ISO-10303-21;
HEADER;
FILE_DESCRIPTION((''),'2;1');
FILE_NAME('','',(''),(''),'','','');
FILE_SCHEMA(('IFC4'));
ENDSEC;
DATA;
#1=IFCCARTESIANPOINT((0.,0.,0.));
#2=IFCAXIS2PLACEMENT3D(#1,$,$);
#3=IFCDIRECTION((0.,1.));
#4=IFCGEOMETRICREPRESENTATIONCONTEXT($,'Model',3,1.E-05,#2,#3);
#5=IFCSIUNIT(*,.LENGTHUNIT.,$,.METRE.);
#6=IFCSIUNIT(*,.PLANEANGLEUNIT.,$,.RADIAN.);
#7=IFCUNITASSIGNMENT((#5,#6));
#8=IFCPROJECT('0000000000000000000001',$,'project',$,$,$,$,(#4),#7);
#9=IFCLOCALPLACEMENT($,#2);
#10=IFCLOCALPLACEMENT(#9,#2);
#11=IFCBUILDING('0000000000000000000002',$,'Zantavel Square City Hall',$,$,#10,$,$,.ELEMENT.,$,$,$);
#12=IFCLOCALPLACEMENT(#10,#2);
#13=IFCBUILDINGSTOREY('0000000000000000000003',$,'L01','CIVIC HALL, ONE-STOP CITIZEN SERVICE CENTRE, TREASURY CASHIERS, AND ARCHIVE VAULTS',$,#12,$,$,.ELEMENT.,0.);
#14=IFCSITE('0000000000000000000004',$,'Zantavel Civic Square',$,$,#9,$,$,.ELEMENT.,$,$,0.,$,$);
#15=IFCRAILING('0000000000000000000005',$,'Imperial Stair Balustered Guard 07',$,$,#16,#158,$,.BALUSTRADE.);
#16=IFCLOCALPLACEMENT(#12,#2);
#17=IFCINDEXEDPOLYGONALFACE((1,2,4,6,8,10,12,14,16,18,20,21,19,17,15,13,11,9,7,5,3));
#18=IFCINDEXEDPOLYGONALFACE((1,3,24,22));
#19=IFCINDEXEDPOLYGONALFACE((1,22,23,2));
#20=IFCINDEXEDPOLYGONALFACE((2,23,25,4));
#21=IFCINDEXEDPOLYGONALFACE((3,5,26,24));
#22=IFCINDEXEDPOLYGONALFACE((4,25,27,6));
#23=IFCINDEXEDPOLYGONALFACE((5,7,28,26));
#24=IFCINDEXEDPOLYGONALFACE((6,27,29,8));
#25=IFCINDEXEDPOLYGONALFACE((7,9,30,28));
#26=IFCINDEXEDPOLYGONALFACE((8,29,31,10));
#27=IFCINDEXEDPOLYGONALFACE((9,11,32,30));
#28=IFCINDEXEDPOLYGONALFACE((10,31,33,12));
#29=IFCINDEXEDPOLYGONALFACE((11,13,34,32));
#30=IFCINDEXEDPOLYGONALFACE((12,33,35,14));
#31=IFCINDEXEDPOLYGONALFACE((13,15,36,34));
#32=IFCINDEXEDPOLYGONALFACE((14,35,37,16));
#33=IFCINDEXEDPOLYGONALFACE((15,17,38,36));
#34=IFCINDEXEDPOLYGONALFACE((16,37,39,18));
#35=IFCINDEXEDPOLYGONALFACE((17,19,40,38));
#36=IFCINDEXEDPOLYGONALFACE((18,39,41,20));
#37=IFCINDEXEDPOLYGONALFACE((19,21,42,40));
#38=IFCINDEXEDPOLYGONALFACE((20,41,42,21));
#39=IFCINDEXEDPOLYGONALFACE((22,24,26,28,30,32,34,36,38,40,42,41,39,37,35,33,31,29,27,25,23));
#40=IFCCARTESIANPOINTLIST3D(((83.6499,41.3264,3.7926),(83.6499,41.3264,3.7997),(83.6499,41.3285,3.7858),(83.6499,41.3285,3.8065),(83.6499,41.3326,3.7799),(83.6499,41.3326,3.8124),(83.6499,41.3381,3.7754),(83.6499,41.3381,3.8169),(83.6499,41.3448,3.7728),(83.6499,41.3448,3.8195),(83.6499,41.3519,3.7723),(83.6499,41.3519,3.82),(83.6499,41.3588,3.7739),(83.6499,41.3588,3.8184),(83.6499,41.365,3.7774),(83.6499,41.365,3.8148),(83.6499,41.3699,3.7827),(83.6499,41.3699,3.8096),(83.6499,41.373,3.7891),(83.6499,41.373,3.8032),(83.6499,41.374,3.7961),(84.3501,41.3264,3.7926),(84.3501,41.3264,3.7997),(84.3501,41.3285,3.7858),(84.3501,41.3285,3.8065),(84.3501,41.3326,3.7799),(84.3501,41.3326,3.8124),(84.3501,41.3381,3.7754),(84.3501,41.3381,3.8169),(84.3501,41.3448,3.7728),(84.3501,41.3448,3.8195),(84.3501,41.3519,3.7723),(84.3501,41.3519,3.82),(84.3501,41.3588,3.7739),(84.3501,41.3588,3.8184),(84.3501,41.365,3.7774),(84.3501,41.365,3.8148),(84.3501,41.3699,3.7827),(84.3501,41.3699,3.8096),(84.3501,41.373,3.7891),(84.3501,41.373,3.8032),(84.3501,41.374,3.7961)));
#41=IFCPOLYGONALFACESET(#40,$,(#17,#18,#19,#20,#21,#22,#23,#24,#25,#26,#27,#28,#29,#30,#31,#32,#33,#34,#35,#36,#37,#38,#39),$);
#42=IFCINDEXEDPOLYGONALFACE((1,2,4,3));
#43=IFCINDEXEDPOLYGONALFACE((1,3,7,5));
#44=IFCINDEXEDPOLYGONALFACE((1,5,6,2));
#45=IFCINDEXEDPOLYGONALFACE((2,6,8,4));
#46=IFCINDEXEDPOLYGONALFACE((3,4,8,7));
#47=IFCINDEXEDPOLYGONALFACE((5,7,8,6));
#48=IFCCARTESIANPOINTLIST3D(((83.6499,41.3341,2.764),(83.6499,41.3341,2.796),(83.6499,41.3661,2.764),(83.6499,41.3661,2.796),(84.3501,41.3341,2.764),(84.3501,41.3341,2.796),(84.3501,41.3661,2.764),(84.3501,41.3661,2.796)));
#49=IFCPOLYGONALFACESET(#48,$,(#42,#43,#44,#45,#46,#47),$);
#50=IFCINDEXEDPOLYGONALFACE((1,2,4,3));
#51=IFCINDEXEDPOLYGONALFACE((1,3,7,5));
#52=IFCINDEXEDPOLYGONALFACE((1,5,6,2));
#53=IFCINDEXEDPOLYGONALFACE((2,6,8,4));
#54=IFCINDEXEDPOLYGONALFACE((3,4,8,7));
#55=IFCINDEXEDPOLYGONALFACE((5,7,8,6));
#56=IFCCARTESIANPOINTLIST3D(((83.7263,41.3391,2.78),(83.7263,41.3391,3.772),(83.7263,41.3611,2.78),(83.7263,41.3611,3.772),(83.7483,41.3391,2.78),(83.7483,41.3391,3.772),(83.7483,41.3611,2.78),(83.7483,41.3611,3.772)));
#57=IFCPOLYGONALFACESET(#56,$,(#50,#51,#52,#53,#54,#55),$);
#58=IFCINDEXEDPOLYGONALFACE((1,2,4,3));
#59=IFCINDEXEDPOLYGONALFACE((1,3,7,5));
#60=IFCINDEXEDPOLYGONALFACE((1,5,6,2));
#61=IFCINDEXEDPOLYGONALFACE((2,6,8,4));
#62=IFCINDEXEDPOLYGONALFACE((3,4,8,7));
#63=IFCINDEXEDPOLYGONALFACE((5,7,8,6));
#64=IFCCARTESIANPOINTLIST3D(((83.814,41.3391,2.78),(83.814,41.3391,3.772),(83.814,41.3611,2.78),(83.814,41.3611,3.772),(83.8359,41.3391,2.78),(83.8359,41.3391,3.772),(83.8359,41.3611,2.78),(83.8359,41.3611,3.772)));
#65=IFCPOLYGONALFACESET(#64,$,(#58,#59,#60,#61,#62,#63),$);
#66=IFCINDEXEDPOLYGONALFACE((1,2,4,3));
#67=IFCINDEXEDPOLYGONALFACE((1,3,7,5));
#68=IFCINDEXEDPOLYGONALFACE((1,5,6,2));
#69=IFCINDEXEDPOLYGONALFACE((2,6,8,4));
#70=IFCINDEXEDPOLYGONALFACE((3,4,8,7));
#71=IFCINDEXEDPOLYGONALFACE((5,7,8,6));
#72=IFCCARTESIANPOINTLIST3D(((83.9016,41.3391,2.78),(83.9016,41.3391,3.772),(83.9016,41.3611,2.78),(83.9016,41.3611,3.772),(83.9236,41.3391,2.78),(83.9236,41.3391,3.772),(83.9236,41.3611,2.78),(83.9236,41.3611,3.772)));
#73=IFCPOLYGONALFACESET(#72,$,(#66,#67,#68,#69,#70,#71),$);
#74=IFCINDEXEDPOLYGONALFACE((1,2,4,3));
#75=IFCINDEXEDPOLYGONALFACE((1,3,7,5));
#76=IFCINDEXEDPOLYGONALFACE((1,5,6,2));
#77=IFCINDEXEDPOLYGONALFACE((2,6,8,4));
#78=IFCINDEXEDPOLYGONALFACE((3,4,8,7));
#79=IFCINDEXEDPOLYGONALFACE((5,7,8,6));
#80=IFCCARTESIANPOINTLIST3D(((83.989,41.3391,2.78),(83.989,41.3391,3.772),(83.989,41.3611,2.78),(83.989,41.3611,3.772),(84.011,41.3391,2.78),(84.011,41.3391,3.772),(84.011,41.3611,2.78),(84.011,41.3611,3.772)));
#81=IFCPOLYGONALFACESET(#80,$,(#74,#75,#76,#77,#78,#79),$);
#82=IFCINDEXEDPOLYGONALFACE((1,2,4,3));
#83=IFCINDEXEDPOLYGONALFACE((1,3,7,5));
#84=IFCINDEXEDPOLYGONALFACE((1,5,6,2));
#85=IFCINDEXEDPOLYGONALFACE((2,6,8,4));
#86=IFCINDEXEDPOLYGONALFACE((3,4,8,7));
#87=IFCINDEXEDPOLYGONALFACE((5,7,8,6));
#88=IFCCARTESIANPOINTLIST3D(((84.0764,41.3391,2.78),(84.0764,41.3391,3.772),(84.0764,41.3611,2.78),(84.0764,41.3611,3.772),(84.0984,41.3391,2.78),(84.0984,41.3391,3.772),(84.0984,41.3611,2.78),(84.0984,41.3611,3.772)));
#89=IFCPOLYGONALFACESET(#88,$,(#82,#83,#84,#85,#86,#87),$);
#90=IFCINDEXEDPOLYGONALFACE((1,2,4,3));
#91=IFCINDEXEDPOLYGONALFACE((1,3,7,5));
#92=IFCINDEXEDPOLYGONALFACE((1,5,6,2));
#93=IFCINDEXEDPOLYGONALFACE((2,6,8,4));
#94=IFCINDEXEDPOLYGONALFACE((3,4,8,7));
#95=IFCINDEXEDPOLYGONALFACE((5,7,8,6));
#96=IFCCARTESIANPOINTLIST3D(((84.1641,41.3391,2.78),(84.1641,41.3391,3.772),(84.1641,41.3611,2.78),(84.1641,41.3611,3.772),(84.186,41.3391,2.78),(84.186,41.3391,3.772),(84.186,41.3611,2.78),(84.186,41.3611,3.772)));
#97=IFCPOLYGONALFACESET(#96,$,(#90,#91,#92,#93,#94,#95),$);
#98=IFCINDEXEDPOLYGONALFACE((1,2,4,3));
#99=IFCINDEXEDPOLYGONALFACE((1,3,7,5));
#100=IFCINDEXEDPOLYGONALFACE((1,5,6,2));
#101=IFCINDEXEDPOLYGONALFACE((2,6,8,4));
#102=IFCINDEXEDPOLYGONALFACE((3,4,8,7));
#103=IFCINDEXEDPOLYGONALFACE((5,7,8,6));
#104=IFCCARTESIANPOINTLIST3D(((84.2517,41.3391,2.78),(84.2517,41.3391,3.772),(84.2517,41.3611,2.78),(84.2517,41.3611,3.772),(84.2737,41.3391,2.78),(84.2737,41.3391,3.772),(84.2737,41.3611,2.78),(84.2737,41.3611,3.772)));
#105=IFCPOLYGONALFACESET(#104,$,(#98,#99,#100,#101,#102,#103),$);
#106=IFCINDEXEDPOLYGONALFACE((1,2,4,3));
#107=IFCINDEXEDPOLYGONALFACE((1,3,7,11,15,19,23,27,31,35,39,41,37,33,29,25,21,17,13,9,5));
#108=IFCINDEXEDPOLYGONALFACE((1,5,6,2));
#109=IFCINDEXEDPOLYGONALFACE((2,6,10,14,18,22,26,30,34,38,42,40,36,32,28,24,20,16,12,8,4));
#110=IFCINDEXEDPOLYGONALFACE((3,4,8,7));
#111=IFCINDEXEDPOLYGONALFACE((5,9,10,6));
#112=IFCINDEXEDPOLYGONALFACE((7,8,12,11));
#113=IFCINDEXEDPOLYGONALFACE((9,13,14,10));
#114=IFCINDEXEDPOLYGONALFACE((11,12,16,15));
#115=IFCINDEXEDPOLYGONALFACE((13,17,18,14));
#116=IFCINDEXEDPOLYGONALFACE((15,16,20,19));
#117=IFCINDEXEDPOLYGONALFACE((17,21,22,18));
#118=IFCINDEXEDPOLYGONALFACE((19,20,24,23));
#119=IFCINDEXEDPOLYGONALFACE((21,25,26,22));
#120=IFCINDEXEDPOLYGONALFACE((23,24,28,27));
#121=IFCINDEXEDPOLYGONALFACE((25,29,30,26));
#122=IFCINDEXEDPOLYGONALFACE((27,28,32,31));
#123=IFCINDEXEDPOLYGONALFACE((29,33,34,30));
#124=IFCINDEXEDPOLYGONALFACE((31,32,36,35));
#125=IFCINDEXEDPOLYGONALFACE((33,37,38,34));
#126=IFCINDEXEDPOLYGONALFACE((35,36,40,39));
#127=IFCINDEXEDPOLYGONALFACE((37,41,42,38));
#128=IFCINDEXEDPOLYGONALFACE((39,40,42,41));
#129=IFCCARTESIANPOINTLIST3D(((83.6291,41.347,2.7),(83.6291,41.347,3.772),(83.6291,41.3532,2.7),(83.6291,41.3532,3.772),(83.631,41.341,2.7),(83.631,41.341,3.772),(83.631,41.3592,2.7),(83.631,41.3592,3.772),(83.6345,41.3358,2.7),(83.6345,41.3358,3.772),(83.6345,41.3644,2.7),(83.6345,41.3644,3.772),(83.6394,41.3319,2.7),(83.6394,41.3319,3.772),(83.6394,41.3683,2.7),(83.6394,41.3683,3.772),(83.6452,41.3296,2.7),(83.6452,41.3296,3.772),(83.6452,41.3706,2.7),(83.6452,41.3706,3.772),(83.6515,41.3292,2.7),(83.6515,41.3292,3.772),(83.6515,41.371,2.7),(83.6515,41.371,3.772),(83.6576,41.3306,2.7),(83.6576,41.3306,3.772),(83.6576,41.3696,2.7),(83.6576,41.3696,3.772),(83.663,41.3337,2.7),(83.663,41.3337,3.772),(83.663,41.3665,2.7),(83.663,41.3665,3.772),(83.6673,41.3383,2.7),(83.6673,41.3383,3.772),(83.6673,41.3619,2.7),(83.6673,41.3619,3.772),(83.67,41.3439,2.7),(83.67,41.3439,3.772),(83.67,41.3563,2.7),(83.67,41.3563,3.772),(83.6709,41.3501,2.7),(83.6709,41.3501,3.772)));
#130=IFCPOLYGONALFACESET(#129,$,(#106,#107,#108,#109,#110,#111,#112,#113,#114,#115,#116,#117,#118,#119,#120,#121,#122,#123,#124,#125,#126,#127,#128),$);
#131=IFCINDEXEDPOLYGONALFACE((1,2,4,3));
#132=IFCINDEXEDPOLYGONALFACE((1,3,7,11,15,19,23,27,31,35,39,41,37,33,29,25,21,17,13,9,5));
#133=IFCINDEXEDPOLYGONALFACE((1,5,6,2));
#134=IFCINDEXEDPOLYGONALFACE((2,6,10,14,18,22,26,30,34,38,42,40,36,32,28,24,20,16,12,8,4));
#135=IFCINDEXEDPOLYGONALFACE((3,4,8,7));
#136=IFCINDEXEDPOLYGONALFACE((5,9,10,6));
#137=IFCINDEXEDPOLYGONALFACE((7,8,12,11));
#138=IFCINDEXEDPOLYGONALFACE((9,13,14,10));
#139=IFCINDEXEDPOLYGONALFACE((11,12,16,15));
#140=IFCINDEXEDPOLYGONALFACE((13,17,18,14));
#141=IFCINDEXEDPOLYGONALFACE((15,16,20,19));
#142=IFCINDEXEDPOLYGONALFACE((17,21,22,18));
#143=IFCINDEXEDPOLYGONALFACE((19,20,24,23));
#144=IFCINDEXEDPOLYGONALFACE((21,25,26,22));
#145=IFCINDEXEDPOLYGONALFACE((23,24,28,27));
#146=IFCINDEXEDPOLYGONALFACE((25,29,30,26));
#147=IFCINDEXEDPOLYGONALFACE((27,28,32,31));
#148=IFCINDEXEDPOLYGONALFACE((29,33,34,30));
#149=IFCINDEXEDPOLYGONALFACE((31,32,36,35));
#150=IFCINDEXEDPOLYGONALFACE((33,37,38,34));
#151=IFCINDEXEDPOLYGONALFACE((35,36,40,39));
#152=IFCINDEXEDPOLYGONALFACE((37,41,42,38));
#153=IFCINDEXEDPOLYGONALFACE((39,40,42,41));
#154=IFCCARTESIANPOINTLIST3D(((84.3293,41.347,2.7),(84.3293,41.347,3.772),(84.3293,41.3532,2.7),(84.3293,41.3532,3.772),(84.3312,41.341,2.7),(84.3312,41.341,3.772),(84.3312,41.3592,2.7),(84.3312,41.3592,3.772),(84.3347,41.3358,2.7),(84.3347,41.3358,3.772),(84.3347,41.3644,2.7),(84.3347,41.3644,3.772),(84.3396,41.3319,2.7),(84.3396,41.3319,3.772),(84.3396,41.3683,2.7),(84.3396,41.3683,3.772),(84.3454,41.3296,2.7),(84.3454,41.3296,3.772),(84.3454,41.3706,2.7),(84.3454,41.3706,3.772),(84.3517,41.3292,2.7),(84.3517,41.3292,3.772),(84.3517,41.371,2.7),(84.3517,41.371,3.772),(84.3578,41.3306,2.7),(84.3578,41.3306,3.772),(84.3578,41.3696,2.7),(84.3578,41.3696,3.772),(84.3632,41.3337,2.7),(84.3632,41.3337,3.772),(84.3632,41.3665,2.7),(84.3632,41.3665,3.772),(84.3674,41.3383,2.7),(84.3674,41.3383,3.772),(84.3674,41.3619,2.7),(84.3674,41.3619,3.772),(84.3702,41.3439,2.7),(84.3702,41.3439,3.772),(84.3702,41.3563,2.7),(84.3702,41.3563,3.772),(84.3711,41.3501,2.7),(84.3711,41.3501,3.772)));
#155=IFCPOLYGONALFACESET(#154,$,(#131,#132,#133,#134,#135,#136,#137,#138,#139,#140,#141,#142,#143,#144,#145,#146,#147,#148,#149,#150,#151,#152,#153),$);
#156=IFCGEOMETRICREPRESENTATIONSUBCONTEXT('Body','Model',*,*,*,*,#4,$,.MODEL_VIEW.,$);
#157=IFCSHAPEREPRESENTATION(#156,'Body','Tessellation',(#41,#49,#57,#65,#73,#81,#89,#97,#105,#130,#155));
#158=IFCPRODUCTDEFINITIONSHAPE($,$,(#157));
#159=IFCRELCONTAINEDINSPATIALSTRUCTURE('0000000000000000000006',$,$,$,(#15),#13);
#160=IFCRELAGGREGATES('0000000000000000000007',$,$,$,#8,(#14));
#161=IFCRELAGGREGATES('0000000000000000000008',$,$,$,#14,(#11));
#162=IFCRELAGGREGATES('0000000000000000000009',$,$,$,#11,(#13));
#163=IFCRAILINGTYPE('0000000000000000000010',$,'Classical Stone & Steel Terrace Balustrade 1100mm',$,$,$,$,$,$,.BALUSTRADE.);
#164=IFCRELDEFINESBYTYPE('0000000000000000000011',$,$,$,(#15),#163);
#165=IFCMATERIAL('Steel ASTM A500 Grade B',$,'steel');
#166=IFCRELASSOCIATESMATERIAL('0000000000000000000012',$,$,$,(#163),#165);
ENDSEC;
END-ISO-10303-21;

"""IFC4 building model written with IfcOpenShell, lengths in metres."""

from ifc_helpers import new_model, si_unit, direction, frame, origin, origin_2d, place, context, subcontext, project, spatial, rectangle, circle, extrude, material, type_object, element, save


model = new_model("IFC4")

# Units and contexts
model_context = context("Model", 3, precision=1e-05, world=origin(), true_north=direction((0.0, 1.0)))
body_context = subcontext(model_context, "Body", "Model", "MODEL_VIEW")
ifc_project = project(units=[si_unit("LENGTHUNIT", "METRE"), si_unit("PLANEANGLEUNIT", "RADIAN")], contexts=[model_context])

# Site, building, storey
site_placement = place(None, origin())
site = spatial("IfcSite", under=ifc_project, at=site_placement, Name="Zantavel Civic Square", CompositionType="ELEMENT", RefElevation=0.0)
building_placement = place(site_placement, origin())
building = spatial("IfcBuilding", under=site, at=building_placement, Name="Zantavel Square City Hall", CompositionType="ELEMENT")
storey_placement = place(building_placement, origin())
storey = spatial("IfcBuildingStorey", under=building, at=storey_placement, Name="L01", Description="CIVIC HALL, ONE-STOP CITIZEN SERVICE CENTRE, TREASURY CASHIERS, AND ARCHIVE VAULTS", CompositionType="ELEMENT", Elevation=0.0)

# Railing
ifc_material_1 = material(Name="Steel ASTM A500 Grade B", Category="steel")
railing_type_1 = type_object("IfcRailingType", Name="Classical Stone & Steel Terrace Balustrade 1100mm", PredefinedType="BALUSTRADE", material=ifc_material_1)
railing_1_placement = place(storey_placement, frame((83.6499, 41.3501, 2.7)))
element("IfcRailing", 1, at=railing_1_placement, inside=storey, type_object=railing_type_1, Name="Imperial Stair Balustered Guard 07", PredefinedType="BALUSTRADE", context=body_context, shape_type="SweptSolid", body=[
    extrude(circle(Radius=0.0239, at=origin_2d()), frame((0.0, 0.0, 1.0962), z_axis=(1.0, 0.0, 0.0), x_axis=(0.0, 1.0, 0.0)), (0.0, 0.0, 1.0), 0.7002),
    extrude(rectangle(XDim=0.032, YDim=0.032, at=origin_2d()), frame((0.0, 0.0, 0.0801), z_axis=(1.0, 0.0, 0.0), x_axis=(0.0, 1.0, 0.0)), (0.0, 0.0, 1.0), 0.7002),
    extrude(rectangle(XDim=0.022, YDim=0.022, at=origin_2d()), frame((0.0874, 0.0, 0.0801)), (0.0, 0.0, 1.0), 0.9919),
    extrude(rectangle(XDim=0.022, YDim=0.022, at=origin_2d()), frame((0.175, 0.0, 0.0801)), (0.0, 0.0, 1.0), 0.9919),
    extrude(rectangle(XDim=0.022, YDim=0.022, at=origin_2d()), frame((0.2627, 0.0, 0.0801)), (0.0, 0.0, 1.0), 0.9919),
    extrude(rectangle(XDim=0.022, YDim=0.022, at=origin_2d()), frame((0.3501, 0.0, 0.0801)), (0.0, 0.0, 1.0), 0.9919),
    extrude(rectangle(XDim=0.022, YDim=0.022, at=origin_2d()), frame((0.4375, 0.0, 0.0801)), (0.0, 0.0, 1.0), 0.9919),
    extrude(rectangle(XDim=0.022, YDim=0.022, at=origin_2d()), frame((0.5251, 0.0, 0.0801)), (0.0, 0.0, 1.0), 0.9919),
    extrude(rectangle(XDim=0.022, YDim=0.022, at=origin_2d()), frame((0.6128, 0.0, 0.0801)), (0.0, 0.0, 1.0), 0.9919),
    extrude(circle(Radius=0.021, at=origin_2d()), origin(), (0.0, 0.0, 1.0), 1.072),
    extrude(circle(Radius=0.021, at=origin_2d()), frame((0.7002, 0.0, 0.0)), (0.0, 0.0, 1.0), 1.072),
])

save(model, "model.ifc")
